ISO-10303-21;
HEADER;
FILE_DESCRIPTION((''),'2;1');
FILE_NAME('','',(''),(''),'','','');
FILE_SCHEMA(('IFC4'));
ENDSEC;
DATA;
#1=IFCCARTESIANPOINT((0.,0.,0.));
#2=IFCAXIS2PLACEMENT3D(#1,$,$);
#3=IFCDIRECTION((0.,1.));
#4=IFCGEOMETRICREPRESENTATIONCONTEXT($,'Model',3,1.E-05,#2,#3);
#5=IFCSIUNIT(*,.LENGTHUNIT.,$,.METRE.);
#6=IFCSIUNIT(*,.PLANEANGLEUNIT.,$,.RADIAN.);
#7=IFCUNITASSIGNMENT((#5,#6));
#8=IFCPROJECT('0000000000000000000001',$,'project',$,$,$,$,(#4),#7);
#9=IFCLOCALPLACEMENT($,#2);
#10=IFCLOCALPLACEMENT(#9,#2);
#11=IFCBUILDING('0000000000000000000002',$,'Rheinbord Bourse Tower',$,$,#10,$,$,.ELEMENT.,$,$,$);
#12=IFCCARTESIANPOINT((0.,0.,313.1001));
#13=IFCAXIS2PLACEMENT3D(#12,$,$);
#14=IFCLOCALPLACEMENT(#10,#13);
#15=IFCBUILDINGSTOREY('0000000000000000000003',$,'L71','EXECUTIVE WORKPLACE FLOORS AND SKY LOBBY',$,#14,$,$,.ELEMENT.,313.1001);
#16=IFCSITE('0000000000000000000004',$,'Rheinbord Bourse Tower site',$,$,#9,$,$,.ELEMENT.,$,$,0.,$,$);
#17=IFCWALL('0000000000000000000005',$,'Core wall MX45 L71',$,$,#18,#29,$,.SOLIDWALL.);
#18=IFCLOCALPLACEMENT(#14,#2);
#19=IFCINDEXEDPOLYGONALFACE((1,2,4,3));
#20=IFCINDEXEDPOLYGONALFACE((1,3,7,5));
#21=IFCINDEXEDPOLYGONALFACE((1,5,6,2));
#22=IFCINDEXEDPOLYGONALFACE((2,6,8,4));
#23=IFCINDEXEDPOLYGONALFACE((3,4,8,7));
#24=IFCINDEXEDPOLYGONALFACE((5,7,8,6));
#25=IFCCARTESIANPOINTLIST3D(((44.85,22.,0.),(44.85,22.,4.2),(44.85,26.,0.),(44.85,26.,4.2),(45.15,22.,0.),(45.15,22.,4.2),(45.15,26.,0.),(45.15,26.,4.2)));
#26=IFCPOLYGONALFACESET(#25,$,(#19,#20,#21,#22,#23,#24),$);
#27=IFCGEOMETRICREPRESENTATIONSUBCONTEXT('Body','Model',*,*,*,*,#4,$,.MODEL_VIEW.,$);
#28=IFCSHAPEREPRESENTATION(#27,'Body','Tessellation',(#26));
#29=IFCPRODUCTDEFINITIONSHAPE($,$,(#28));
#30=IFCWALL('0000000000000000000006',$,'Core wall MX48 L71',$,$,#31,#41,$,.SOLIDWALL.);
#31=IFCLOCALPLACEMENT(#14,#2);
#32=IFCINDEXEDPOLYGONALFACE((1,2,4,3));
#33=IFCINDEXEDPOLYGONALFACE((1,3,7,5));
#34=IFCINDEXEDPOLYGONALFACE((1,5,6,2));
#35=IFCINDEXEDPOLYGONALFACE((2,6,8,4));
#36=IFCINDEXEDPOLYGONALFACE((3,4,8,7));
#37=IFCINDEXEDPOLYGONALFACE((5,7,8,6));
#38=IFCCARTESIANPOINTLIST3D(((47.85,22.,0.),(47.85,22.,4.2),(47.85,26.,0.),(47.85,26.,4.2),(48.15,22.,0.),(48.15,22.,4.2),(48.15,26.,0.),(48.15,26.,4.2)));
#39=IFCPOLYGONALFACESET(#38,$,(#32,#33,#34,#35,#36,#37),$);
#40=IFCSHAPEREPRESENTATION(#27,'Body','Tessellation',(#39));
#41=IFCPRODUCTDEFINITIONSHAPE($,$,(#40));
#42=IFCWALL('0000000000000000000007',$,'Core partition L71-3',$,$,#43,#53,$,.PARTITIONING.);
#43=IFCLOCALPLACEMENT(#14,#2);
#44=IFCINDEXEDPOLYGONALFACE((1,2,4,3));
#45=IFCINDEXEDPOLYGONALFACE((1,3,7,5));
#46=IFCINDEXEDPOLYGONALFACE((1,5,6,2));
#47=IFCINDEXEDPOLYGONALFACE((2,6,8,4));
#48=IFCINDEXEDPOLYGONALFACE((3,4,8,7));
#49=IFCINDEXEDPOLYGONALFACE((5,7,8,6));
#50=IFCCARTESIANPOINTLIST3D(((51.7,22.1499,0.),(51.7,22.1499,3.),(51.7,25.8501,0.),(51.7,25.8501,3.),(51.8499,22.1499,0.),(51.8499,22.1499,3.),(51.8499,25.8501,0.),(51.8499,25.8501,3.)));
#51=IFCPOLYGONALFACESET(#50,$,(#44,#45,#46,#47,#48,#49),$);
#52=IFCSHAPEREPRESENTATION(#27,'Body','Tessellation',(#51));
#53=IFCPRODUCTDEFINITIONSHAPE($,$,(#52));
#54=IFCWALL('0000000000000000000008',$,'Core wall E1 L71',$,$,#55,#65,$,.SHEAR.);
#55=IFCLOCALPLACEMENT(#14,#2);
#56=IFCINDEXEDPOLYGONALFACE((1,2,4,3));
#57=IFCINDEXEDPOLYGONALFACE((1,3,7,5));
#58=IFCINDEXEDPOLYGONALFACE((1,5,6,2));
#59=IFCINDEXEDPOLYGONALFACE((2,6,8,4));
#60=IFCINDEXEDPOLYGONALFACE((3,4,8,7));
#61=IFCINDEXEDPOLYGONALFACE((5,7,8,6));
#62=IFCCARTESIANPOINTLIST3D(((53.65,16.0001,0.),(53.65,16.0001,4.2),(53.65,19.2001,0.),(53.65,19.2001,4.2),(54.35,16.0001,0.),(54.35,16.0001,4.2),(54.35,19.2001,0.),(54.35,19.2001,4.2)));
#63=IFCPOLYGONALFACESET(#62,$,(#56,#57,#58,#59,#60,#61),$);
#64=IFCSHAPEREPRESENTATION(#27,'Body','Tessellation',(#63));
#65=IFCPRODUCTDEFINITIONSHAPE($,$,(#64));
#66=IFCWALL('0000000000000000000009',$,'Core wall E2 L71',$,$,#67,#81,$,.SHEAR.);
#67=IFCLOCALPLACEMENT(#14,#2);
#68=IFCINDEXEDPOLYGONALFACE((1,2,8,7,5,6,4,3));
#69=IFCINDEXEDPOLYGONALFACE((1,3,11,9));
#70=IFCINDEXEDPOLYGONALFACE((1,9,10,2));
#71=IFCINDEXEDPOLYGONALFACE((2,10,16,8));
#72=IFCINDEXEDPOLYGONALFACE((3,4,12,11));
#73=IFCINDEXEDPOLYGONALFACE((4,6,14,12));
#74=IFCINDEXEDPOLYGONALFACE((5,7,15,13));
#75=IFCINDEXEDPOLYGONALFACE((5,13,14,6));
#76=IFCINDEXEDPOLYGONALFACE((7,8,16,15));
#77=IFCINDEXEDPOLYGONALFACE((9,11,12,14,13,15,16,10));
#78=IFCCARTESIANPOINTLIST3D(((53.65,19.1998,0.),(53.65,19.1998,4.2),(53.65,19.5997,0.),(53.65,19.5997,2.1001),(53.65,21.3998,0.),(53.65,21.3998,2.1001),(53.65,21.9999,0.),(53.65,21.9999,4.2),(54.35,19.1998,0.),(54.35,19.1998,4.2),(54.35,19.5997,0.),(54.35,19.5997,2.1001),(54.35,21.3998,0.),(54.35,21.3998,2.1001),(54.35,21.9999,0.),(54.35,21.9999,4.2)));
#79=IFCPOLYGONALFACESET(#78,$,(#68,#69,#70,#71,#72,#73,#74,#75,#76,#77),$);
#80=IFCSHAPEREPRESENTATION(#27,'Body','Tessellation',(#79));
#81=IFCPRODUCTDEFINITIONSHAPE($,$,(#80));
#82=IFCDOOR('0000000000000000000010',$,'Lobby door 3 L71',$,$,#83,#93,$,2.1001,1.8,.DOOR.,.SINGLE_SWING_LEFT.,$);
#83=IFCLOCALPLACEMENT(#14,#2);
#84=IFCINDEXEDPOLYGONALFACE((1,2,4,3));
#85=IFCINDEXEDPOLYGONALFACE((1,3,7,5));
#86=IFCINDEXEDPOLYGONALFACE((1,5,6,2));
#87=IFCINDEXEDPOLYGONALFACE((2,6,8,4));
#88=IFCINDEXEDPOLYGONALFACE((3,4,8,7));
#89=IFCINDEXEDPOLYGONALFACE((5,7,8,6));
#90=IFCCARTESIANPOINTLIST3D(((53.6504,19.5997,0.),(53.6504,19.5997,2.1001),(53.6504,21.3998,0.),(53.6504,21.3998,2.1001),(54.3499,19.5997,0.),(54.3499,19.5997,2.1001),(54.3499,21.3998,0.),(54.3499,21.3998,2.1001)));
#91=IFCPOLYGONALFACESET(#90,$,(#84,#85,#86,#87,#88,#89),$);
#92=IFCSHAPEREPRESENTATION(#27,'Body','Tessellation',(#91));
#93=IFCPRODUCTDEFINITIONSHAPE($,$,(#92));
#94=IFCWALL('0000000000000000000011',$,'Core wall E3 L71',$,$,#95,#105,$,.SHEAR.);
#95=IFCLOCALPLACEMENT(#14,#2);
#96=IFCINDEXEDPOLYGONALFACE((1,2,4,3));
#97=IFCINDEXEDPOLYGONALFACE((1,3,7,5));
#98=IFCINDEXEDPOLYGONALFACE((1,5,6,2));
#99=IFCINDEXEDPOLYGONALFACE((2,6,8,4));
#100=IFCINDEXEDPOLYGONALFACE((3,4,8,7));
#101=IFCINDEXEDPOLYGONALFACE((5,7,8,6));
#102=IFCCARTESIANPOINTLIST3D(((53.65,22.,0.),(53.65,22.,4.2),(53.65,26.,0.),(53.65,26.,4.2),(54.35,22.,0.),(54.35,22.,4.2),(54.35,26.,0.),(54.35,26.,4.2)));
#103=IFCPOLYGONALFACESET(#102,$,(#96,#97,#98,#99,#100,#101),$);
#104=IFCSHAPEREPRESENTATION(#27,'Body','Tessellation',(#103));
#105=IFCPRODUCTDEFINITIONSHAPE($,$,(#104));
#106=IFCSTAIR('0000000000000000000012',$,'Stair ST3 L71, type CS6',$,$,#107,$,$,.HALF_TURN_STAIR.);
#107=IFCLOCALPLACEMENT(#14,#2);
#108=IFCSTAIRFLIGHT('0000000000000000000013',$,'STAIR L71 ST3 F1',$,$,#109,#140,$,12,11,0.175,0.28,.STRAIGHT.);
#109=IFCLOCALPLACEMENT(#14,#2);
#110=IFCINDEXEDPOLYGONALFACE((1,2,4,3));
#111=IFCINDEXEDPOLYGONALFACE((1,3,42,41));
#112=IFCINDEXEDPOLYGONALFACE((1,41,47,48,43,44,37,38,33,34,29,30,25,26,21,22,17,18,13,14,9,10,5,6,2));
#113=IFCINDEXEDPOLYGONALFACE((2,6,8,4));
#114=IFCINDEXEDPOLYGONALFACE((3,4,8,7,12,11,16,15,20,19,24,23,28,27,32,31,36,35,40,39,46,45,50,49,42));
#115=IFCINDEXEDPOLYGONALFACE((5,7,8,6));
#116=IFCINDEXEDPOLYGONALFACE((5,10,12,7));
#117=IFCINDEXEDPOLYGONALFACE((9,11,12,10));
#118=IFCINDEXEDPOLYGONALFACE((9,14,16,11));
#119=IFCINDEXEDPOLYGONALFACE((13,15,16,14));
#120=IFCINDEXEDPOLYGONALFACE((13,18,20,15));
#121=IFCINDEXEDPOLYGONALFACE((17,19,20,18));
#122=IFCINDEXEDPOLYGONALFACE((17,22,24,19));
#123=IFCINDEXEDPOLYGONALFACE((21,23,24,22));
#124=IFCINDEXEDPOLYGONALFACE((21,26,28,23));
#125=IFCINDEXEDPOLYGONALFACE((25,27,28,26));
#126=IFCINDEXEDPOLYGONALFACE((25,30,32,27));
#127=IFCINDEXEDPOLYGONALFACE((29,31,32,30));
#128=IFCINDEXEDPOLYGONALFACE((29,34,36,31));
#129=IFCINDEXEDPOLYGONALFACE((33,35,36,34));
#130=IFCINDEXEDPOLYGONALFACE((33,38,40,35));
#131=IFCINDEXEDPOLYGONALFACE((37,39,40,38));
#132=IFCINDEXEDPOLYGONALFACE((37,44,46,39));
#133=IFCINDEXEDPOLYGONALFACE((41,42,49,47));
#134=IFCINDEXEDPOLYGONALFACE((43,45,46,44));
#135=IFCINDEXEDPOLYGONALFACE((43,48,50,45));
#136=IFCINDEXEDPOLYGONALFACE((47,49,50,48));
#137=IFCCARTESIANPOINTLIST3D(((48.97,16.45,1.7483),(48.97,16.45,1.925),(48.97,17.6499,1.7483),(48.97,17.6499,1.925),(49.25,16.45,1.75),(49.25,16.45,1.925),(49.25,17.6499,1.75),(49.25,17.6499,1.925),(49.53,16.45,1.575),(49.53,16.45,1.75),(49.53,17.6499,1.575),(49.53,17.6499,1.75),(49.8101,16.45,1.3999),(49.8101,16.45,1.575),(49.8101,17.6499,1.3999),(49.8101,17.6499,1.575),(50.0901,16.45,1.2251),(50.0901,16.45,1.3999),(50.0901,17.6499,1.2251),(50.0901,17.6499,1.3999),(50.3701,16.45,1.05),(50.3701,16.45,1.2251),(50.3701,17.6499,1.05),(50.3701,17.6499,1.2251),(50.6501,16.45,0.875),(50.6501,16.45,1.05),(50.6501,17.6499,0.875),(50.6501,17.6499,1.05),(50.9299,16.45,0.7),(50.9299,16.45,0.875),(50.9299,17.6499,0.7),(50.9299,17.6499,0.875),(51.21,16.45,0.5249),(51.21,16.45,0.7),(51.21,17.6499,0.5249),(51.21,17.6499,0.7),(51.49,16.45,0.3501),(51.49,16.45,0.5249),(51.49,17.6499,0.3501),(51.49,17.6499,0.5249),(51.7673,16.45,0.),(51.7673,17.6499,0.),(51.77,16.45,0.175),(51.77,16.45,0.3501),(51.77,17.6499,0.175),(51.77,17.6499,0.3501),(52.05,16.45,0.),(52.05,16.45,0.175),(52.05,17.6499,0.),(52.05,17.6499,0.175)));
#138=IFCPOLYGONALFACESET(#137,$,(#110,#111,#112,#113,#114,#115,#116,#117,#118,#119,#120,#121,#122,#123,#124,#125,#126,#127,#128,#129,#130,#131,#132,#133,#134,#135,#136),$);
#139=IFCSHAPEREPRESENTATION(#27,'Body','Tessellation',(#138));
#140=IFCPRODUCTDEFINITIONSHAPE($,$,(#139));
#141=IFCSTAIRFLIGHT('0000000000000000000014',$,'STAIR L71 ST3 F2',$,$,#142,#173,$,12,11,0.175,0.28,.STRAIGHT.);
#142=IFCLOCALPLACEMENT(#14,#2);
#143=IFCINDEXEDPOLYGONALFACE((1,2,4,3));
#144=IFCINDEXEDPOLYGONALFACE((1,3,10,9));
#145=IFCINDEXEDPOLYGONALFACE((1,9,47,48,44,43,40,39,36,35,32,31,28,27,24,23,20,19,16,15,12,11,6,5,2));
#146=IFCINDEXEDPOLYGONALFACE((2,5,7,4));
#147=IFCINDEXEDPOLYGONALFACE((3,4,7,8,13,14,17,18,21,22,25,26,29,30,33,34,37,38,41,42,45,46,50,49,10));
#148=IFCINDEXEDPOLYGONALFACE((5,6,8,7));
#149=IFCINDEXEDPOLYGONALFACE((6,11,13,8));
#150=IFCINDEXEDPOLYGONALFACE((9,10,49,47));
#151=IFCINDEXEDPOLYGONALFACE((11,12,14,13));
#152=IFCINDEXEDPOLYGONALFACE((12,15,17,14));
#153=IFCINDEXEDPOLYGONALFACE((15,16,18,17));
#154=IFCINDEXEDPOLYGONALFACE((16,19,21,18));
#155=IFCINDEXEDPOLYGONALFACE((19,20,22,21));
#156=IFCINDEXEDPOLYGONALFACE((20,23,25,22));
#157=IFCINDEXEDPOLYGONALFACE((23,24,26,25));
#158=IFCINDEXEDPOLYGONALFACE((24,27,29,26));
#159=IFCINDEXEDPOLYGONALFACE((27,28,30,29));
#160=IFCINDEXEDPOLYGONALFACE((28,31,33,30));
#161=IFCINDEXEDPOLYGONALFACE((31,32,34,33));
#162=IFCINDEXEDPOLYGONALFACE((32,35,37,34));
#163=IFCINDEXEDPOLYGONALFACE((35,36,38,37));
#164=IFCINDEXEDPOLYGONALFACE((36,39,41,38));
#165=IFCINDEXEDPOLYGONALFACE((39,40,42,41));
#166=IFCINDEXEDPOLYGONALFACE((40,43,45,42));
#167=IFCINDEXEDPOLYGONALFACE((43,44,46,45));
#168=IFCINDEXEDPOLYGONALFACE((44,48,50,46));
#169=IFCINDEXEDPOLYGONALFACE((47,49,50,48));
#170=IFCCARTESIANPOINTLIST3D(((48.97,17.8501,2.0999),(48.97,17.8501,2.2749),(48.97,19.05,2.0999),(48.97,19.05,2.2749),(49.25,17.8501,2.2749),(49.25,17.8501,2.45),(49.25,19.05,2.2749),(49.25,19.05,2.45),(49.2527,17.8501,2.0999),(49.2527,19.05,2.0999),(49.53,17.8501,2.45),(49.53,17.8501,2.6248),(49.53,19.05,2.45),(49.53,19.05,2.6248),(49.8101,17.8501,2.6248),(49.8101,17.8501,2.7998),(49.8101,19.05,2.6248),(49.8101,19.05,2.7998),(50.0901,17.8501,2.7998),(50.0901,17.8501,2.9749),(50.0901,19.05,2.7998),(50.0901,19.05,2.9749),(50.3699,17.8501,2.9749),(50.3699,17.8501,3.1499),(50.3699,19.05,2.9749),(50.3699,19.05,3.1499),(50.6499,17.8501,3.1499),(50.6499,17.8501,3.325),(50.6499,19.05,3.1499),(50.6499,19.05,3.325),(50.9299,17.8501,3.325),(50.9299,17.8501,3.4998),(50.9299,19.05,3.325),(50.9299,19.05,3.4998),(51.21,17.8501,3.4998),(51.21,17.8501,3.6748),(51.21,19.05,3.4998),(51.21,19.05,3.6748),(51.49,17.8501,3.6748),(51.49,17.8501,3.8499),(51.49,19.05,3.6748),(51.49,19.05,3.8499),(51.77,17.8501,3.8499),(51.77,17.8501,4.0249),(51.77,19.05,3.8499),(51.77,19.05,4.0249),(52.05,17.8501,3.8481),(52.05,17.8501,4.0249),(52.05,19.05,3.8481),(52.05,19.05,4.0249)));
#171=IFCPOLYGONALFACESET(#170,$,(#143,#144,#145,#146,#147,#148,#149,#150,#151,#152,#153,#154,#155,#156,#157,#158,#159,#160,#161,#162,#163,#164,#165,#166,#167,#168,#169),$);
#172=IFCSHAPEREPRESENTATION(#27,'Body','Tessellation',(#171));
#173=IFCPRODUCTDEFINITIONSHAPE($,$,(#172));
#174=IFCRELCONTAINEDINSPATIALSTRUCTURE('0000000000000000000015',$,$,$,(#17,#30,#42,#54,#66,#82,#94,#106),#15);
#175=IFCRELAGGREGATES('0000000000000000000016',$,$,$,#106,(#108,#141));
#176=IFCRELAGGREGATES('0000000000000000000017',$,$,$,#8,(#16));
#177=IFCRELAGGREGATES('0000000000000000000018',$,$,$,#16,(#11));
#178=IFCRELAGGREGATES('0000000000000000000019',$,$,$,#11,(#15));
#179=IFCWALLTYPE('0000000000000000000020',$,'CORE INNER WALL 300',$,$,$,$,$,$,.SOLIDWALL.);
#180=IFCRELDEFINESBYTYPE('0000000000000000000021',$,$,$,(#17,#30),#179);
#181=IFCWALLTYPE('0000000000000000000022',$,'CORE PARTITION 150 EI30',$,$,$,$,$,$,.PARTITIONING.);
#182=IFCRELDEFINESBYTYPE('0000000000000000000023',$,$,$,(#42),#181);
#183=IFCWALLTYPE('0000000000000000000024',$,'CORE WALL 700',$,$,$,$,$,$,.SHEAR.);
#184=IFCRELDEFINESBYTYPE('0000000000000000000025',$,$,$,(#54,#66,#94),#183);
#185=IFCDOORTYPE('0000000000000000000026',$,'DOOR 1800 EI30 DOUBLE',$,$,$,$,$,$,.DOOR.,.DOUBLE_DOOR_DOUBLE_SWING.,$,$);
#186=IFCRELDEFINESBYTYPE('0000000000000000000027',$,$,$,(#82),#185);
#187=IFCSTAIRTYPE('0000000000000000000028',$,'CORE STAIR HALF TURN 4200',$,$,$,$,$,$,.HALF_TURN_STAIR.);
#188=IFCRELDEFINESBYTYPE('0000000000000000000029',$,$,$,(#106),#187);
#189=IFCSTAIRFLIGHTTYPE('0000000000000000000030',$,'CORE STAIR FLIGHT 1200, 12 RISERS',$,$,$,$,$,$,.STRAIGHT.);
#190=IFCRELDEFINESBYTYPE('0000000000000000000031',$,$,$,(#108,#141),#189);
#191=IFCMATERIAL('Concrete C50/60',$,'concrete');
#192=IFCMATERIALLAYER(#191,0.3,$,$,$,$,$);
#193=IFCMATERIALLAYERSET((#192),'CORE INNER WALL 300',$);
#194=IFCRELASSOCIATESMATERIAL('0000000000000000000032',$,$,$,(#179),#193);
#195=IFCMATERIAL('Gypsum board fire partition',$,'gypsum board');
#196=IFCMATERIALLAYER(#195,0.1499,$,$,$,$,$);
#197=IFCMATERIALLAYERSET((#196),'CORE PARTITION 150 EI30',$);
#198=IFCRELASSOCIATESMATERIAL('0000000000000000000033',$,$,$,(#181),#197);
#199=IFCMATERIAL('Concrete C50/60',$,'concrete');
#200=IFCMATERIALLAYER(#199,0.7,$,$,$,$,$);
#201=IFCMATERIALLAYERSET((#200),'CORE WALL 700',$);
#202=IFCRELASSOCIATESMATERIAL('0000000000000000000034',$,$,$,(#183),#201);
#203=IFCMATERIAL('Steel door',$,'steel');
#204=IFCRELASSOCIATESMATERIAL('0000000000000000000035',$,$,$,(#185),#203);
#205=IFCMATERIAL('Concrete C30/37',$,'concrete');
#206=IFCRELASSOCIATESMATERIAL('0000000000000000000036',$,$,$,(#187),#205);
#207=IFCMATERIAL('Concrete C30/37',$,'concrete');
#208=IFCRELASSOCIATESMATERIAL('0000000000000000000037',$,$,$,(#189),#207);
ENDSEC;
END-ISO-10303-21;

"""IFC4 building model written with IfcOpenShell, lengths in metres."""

from ifc_helpers import new_model, si_unit, direction, frame, frame_2d, origin, place, context, subcontext, project, spatial, polyline, rectangle, outline, extrude, material, layer, layer_set, type_object, element, fill, aggregate, save


model = new_model("IFC4")

# Units and contexts
model_context = context("Model", 3, precision=1e-05, world=origin(), true_north=direction((0.0, 1.0)))
body_context = subcontext(model_context, "Body", "Model", "MODEL_VIEW")
ifc_project = project(units=[si_unit("LENGTHUNIT", "METRE"), si_unit("PLANEANGLEUNIT", "RADIAN")], contexts=[model_context])

# Site, building, storey
site_placement = place(None, origin())
site = spatial("IfcSite", under=ifc_project, at=site_placement, Name="Rheinbord Bourse Tower site", CompositionType="ELEMENT", RefElevation=0.0)
building_placement = place(site_placement, origin())
building = spatial("IfcBuilding", under=site, at=building_placement, Name="Rheinbord Bourse Tower", CompositionType="ELEMENT")
storey_placement = place(building_placement, frame((0.0, 0.0, 313.1001)))
storey = spatial("IfcBuildingStorey", under=building, at=storey_placement, Name="L71", Description="EXECUTIVE WORKPLACE FLOORS AND SKY LOBBY", CompositionType="ELEMENT", Elevation=313.1001)

# Shared definitions
ifc_material_1 = material(Name="Concrete C50/60", Category="concrete")
ifc_layer_1 = layer(ifc_material_1, 0.3)
ifc_layer_set_1 = layer_set([ifc_layer_1], Name="CORE INNER WALL 300")
wall_type_1 = type_object("IfcWallType", Name="CORE INNER WALL 300", PredefinedType="SOLIDWALL", material=ifc_layer_set_1)

# Walls
for number, where, z_axis, x_axis, name in (
    (1, (45.0, 22.0, 0.0), (0.0, 0.0, 1.0), (0.0, 1.0, 0.0), "Core wall MX45 L71"),
    (2, (48.0, 22.0, 0.0), (0.0, 0.0, 1.0), (0.0, 1.0, 0.0), "Core wall MX48 L71"),
):
    element("IfcWall", number, at=place(storey_placement, frame(where, z_axis=z_axis, x_axis=x_axis)), inside=storey, type_object=wall_type_1, Name=name, PredefinedType="SOLIDWALL", context=body_context, shape_type="SweptSolid", body=[
        extrude(rectangle(XDim=4.0, YDim=0.3, at=frame_2d((2.0, 0.0))), origin(), (0.0, 0.0, 1.0), 4.2),
    ])
ifc_material_2 = material(Name="Gypsum board fire partition", Category="gypsum board")
ifc_layer_2 = layer(ifc_material_2, 0.1499)
ifc_layer_set_2 = layer_set([ifc_layer_2], Name="CORE PARTITION 150 EI30")
wall_type_2 = type_object("IfcWallType", Name="CORE PARTITION 150 EI30", PredefinedType="PARTITIONING", material=ifc_layer_set_2)
wall_1_placement = place(storey_placement, frame((51.7749, 22.1499, 0.0), z_axis=(0.0, 0.0, 1.0), x_axis=(0.0, 1.0, 0.0)))
element("IfcWall", 3, at=wall_1_placement, inside=storey, type_object=wall_type_2, Name="Core partition L71-3", PredefinedType="PARTITIONING", context=body_context, shape_type="SweptSolid", body=[
    extrude(rectangle(XDim=3.7002, YDim=0.1499, at=frame_2d((1.8501, 0.0))), origin(), (0.0, 0.0, 1.0), 3.0),
])
ifc_material_3 = material(Name="Concrete C50/60", Category="concrete")
ifc_layer_3 = layer(ifc_material_3, 0.7)
ifc_layer_set_3 = layer_set([ifc_layer_3], Name="CORE WALL 700")
wall_type_3 = type_object("IfcWallType", Name="CORE WALL 700", PredefinedType="SHEAR", material=ifc_layer_set_3)
wall_2_placement = place(storey_placement, frame((54.0, 16.0, 0.0), z_axis=(0.0, 0.0, 1.0), x_axis=(0.0, 1.0, 0.0)))
element("IfcWall", 4, at=wall_2_placement, inside=storey, type_object=wall_type_3, Name="Core wall E1 L71", PredefinedType="SHEAR", context=body_context, shape_type="SweptSolid", body=[
    extrude(rectangle(XDim=3.2, YDim=0.7, at=frame_2d((1.6001, 0.0))), origin(), (0.0, 0.0, 1.0), 4.2),
])

# Wall, opening, door
wall_3_placement = place(storey_placement, frame((54.0, 19.2, 0.0), z_axis=(0.0, 0.0, 1.0), x_axis=(0.0, 1.0, 0.0)))
wall_3 = element("IfcWall", 5, at=wall_3_placement, inside=storey, type_object=wall_type_3, Name="Core wall E2 L71", PredefinedType="SHEAR", context=body_context, shape_type="SweptSolid", body=[
    extrude(rectangle(XDim=2.8, YDim=0.7, at=frame_2d((1.3999, 0.0))), origin(), (0.0, 0.0, 1.0), 4.2),
])
opening_1_placement = place(wall_3_placement, frame((0.3999, 0.0, 0.0)))
opening_1 = element("IfcOpeningElement", 6, at=opening_1_placement, cuts=wall_3, PredefinedType="OPENING", context=body_context, shape_type="SweptSolid", body=[
    extrude(rectangle(XDim=1.8, YDim=2.1001, at=frame_2d((0.8999, 1.05))), frame((0.0, 0.3599, 0.0), z_axis=(0.0, -1.0, 0.0), x_axis=(1.0, 0.0, 0.0)), (0.0, 0.0, 1.0), 0.72),
])
ifc_material_4 = material(Name="Steel door", Category="steel")
door_type_1 = type_object("IfcDoorType", Name="DOOR 1800 EI30 DOUBLE", OperationType="DOUBLE_DOOR_DOUBLE_SWING", PredefinedType="DOOR", material=ifc_material_4)
door_1_placement = place(opening_1_placement, origin())
door_1 = element("IfcDoor", 7, at=door_1_placement, inside=storey, type_object=door_type_1, Name="Lobby door 3 L71", OperationType="SINGLE_SWING_LEFT", OverallHeight=2.1001, OverallWidth=1.8, PredefinedType="DOOR", context=body_context, shape_type="SweptSolid", body=[
    extrude(rectangle(XDim=1.8, YDim=2.1001, at=frame_2d((0.8999, 1.05))), frame((0.0, 0.3496, 0.0), z_axis=(0.0, -1.0, 0.0), x_axis=(1.0, 0.0, 0.0)), (0.0, 0.0, 1.0), 0.6995),
])
fill(opening_1, door_1)

# Wall
wall_4_placement = place(storey_placement, frame((54.0, 22.0, 0.0), z_axis=(0.0, 0.0, 1.0), x_axis=(0.0, 1.0, 0.0)))
element("IfcWall", 8, at=wall_4_placement, inside=storey, type_object=wall_type_3, Name="Core wall E3 L71", PredefinedType="SHEAR", context=body_context, shape_type="SweptSolid", body=[
    extrude(rectangle(XDim=4.0, YDim=0.7, at=frame_2d((2.0, 0.0))), origin(), (0.0, 0.0, 1.0), 4.2),
])

# Stair, stair flights
ifc_material_5 = material(Name="Concrete C30/37", Category="concrete")
stair_type = type_object("IfcStairType", Name="CORE STAIR HALF TURN 4200", PredefinedType="HALF_TURN_STAIR", material=ifc_material_5)
stair_placement = place(storey_placement, origin())
stair = element("IfcStair", 9, at=stair_placement, inside=storey, type_object=stair_type, Name="Stair ST3 L71, type CS6", PredefinedType="HALF_TURN_STAIR")
ifc_material_6 = material(Name="Concrete C30/37", Category="concrete")
stair_flight_type = type_object("IfcStairFlightType", Name="CORE STAIR FLIGHT 1200, 12 RISERS", PredefinedType="STRAIGHT", material=ifc_material_6)
stair_flight_1_placement = place(storey_placement, frame((52.05, 17.05, 0.0), z_axis=(0.0, 0.0, 1.0), x_axis=(-1.0, 0.0, 0.0)))
stair_flight_1 = element("IfcStairFlight", 10, at=stair_flight_1_placement, type_object=stair_flight_type, Name="STAIR L71 ST3 F1", NumberOfRisers=12, NumberOfTreads=11, PredefinedType="STRAIGHT", RiserHeight=0.175, TreadLength=0.28, context=body_context, shape_type="SweptSolid", body=[
    extrude(outline(polyline([(0.0, 0.0), (0.0, 0.175), (0.28, 0.175), (0.28, 0.3501), (0.5601, 0.3501), (0.5601, 0.5249), (0.8401, 0.5249), (0.8401, 0.7), (1.1201, 0.7), (1.1201, 0.875), (1.3999, 0.875), (1.3999, 1.05), (1.6799, 1.05), (1.6799, 1.2251), (1.96, 1.2251), (1.96, 1.3999), (2.24, 1.3999), (2.24, 1.575), (2.52, 1.575), (2.52, 1.75), (2.8, 1.75), (2.8, 1.925), (3.0801, 1.925), (3.0801, 2.1001), (3.0801, 1.7483), (0.2827, 0.0), (0.0, 0.0)])), frame((0.0, 0.6001, 0.0), z_axis=(0.0, -1.0, 0.0), x_axis=(1.0, 0.0, 0.0)), (0.0, 0.0, 1.0), 1.2),
])
stair_flight_2_placement = place(storey_placement, frame((48.97, 18.45, 2.0999), z_axis=(0.0, 0.0, 1.0), x_axis=(1.0, 0.0, 0.0)))
stair_flight_2 = element("IfcStairFlight", 11, at=stair_flight_2_placement, type_object=stair_flight_type, Name="STAIR L71 ST3 F2", NumberOfRisers=12, NumberOfTreads=11, PredefinedType="STRAIGHT", RiserHeight=0.175, TreadLength=0.28, context=body_context, shape_type="SweptSolid", body=[
    extrude(outline(polyline([(0.0, 0.0), (0.0, 0.175), (0.28, 0.175), (0.28, 0.3501), (0.5601, 0.3501), (0.5601, 0.5249), (0.8401, 0.5249), (0.8401, 0.7), (1.1201, 0.7), (1.1201, 0.875), (1.3999, 0.875), (1.3999, 1.05), (1.6799, 1.05), (1.6799, 1.2251), (1.96, 1.2251), (1.96, 1.3999), (2.24, 1.3999), (2.24, 1.575), (2.52, 1.575), (2.52, 1.75), (2.8, 1.75), (2.8, 1.925), (3.0801, 1.925), (3.0801, 2.1001), (3.0801, 1.7483), (0.2827, 0.0), (0.0, 0.0)])), frame((0.0, 0.6001, 0.0), z_axis=(0.0, -1.0, 0.0), x_axis=(1.0, 0.0, 0.0)), (0.0, 0.0, 1.0), 1.2),
])
aggregate(stair, [stair_flight_1, stair_flight_2])

save(model, "model.ifc")
